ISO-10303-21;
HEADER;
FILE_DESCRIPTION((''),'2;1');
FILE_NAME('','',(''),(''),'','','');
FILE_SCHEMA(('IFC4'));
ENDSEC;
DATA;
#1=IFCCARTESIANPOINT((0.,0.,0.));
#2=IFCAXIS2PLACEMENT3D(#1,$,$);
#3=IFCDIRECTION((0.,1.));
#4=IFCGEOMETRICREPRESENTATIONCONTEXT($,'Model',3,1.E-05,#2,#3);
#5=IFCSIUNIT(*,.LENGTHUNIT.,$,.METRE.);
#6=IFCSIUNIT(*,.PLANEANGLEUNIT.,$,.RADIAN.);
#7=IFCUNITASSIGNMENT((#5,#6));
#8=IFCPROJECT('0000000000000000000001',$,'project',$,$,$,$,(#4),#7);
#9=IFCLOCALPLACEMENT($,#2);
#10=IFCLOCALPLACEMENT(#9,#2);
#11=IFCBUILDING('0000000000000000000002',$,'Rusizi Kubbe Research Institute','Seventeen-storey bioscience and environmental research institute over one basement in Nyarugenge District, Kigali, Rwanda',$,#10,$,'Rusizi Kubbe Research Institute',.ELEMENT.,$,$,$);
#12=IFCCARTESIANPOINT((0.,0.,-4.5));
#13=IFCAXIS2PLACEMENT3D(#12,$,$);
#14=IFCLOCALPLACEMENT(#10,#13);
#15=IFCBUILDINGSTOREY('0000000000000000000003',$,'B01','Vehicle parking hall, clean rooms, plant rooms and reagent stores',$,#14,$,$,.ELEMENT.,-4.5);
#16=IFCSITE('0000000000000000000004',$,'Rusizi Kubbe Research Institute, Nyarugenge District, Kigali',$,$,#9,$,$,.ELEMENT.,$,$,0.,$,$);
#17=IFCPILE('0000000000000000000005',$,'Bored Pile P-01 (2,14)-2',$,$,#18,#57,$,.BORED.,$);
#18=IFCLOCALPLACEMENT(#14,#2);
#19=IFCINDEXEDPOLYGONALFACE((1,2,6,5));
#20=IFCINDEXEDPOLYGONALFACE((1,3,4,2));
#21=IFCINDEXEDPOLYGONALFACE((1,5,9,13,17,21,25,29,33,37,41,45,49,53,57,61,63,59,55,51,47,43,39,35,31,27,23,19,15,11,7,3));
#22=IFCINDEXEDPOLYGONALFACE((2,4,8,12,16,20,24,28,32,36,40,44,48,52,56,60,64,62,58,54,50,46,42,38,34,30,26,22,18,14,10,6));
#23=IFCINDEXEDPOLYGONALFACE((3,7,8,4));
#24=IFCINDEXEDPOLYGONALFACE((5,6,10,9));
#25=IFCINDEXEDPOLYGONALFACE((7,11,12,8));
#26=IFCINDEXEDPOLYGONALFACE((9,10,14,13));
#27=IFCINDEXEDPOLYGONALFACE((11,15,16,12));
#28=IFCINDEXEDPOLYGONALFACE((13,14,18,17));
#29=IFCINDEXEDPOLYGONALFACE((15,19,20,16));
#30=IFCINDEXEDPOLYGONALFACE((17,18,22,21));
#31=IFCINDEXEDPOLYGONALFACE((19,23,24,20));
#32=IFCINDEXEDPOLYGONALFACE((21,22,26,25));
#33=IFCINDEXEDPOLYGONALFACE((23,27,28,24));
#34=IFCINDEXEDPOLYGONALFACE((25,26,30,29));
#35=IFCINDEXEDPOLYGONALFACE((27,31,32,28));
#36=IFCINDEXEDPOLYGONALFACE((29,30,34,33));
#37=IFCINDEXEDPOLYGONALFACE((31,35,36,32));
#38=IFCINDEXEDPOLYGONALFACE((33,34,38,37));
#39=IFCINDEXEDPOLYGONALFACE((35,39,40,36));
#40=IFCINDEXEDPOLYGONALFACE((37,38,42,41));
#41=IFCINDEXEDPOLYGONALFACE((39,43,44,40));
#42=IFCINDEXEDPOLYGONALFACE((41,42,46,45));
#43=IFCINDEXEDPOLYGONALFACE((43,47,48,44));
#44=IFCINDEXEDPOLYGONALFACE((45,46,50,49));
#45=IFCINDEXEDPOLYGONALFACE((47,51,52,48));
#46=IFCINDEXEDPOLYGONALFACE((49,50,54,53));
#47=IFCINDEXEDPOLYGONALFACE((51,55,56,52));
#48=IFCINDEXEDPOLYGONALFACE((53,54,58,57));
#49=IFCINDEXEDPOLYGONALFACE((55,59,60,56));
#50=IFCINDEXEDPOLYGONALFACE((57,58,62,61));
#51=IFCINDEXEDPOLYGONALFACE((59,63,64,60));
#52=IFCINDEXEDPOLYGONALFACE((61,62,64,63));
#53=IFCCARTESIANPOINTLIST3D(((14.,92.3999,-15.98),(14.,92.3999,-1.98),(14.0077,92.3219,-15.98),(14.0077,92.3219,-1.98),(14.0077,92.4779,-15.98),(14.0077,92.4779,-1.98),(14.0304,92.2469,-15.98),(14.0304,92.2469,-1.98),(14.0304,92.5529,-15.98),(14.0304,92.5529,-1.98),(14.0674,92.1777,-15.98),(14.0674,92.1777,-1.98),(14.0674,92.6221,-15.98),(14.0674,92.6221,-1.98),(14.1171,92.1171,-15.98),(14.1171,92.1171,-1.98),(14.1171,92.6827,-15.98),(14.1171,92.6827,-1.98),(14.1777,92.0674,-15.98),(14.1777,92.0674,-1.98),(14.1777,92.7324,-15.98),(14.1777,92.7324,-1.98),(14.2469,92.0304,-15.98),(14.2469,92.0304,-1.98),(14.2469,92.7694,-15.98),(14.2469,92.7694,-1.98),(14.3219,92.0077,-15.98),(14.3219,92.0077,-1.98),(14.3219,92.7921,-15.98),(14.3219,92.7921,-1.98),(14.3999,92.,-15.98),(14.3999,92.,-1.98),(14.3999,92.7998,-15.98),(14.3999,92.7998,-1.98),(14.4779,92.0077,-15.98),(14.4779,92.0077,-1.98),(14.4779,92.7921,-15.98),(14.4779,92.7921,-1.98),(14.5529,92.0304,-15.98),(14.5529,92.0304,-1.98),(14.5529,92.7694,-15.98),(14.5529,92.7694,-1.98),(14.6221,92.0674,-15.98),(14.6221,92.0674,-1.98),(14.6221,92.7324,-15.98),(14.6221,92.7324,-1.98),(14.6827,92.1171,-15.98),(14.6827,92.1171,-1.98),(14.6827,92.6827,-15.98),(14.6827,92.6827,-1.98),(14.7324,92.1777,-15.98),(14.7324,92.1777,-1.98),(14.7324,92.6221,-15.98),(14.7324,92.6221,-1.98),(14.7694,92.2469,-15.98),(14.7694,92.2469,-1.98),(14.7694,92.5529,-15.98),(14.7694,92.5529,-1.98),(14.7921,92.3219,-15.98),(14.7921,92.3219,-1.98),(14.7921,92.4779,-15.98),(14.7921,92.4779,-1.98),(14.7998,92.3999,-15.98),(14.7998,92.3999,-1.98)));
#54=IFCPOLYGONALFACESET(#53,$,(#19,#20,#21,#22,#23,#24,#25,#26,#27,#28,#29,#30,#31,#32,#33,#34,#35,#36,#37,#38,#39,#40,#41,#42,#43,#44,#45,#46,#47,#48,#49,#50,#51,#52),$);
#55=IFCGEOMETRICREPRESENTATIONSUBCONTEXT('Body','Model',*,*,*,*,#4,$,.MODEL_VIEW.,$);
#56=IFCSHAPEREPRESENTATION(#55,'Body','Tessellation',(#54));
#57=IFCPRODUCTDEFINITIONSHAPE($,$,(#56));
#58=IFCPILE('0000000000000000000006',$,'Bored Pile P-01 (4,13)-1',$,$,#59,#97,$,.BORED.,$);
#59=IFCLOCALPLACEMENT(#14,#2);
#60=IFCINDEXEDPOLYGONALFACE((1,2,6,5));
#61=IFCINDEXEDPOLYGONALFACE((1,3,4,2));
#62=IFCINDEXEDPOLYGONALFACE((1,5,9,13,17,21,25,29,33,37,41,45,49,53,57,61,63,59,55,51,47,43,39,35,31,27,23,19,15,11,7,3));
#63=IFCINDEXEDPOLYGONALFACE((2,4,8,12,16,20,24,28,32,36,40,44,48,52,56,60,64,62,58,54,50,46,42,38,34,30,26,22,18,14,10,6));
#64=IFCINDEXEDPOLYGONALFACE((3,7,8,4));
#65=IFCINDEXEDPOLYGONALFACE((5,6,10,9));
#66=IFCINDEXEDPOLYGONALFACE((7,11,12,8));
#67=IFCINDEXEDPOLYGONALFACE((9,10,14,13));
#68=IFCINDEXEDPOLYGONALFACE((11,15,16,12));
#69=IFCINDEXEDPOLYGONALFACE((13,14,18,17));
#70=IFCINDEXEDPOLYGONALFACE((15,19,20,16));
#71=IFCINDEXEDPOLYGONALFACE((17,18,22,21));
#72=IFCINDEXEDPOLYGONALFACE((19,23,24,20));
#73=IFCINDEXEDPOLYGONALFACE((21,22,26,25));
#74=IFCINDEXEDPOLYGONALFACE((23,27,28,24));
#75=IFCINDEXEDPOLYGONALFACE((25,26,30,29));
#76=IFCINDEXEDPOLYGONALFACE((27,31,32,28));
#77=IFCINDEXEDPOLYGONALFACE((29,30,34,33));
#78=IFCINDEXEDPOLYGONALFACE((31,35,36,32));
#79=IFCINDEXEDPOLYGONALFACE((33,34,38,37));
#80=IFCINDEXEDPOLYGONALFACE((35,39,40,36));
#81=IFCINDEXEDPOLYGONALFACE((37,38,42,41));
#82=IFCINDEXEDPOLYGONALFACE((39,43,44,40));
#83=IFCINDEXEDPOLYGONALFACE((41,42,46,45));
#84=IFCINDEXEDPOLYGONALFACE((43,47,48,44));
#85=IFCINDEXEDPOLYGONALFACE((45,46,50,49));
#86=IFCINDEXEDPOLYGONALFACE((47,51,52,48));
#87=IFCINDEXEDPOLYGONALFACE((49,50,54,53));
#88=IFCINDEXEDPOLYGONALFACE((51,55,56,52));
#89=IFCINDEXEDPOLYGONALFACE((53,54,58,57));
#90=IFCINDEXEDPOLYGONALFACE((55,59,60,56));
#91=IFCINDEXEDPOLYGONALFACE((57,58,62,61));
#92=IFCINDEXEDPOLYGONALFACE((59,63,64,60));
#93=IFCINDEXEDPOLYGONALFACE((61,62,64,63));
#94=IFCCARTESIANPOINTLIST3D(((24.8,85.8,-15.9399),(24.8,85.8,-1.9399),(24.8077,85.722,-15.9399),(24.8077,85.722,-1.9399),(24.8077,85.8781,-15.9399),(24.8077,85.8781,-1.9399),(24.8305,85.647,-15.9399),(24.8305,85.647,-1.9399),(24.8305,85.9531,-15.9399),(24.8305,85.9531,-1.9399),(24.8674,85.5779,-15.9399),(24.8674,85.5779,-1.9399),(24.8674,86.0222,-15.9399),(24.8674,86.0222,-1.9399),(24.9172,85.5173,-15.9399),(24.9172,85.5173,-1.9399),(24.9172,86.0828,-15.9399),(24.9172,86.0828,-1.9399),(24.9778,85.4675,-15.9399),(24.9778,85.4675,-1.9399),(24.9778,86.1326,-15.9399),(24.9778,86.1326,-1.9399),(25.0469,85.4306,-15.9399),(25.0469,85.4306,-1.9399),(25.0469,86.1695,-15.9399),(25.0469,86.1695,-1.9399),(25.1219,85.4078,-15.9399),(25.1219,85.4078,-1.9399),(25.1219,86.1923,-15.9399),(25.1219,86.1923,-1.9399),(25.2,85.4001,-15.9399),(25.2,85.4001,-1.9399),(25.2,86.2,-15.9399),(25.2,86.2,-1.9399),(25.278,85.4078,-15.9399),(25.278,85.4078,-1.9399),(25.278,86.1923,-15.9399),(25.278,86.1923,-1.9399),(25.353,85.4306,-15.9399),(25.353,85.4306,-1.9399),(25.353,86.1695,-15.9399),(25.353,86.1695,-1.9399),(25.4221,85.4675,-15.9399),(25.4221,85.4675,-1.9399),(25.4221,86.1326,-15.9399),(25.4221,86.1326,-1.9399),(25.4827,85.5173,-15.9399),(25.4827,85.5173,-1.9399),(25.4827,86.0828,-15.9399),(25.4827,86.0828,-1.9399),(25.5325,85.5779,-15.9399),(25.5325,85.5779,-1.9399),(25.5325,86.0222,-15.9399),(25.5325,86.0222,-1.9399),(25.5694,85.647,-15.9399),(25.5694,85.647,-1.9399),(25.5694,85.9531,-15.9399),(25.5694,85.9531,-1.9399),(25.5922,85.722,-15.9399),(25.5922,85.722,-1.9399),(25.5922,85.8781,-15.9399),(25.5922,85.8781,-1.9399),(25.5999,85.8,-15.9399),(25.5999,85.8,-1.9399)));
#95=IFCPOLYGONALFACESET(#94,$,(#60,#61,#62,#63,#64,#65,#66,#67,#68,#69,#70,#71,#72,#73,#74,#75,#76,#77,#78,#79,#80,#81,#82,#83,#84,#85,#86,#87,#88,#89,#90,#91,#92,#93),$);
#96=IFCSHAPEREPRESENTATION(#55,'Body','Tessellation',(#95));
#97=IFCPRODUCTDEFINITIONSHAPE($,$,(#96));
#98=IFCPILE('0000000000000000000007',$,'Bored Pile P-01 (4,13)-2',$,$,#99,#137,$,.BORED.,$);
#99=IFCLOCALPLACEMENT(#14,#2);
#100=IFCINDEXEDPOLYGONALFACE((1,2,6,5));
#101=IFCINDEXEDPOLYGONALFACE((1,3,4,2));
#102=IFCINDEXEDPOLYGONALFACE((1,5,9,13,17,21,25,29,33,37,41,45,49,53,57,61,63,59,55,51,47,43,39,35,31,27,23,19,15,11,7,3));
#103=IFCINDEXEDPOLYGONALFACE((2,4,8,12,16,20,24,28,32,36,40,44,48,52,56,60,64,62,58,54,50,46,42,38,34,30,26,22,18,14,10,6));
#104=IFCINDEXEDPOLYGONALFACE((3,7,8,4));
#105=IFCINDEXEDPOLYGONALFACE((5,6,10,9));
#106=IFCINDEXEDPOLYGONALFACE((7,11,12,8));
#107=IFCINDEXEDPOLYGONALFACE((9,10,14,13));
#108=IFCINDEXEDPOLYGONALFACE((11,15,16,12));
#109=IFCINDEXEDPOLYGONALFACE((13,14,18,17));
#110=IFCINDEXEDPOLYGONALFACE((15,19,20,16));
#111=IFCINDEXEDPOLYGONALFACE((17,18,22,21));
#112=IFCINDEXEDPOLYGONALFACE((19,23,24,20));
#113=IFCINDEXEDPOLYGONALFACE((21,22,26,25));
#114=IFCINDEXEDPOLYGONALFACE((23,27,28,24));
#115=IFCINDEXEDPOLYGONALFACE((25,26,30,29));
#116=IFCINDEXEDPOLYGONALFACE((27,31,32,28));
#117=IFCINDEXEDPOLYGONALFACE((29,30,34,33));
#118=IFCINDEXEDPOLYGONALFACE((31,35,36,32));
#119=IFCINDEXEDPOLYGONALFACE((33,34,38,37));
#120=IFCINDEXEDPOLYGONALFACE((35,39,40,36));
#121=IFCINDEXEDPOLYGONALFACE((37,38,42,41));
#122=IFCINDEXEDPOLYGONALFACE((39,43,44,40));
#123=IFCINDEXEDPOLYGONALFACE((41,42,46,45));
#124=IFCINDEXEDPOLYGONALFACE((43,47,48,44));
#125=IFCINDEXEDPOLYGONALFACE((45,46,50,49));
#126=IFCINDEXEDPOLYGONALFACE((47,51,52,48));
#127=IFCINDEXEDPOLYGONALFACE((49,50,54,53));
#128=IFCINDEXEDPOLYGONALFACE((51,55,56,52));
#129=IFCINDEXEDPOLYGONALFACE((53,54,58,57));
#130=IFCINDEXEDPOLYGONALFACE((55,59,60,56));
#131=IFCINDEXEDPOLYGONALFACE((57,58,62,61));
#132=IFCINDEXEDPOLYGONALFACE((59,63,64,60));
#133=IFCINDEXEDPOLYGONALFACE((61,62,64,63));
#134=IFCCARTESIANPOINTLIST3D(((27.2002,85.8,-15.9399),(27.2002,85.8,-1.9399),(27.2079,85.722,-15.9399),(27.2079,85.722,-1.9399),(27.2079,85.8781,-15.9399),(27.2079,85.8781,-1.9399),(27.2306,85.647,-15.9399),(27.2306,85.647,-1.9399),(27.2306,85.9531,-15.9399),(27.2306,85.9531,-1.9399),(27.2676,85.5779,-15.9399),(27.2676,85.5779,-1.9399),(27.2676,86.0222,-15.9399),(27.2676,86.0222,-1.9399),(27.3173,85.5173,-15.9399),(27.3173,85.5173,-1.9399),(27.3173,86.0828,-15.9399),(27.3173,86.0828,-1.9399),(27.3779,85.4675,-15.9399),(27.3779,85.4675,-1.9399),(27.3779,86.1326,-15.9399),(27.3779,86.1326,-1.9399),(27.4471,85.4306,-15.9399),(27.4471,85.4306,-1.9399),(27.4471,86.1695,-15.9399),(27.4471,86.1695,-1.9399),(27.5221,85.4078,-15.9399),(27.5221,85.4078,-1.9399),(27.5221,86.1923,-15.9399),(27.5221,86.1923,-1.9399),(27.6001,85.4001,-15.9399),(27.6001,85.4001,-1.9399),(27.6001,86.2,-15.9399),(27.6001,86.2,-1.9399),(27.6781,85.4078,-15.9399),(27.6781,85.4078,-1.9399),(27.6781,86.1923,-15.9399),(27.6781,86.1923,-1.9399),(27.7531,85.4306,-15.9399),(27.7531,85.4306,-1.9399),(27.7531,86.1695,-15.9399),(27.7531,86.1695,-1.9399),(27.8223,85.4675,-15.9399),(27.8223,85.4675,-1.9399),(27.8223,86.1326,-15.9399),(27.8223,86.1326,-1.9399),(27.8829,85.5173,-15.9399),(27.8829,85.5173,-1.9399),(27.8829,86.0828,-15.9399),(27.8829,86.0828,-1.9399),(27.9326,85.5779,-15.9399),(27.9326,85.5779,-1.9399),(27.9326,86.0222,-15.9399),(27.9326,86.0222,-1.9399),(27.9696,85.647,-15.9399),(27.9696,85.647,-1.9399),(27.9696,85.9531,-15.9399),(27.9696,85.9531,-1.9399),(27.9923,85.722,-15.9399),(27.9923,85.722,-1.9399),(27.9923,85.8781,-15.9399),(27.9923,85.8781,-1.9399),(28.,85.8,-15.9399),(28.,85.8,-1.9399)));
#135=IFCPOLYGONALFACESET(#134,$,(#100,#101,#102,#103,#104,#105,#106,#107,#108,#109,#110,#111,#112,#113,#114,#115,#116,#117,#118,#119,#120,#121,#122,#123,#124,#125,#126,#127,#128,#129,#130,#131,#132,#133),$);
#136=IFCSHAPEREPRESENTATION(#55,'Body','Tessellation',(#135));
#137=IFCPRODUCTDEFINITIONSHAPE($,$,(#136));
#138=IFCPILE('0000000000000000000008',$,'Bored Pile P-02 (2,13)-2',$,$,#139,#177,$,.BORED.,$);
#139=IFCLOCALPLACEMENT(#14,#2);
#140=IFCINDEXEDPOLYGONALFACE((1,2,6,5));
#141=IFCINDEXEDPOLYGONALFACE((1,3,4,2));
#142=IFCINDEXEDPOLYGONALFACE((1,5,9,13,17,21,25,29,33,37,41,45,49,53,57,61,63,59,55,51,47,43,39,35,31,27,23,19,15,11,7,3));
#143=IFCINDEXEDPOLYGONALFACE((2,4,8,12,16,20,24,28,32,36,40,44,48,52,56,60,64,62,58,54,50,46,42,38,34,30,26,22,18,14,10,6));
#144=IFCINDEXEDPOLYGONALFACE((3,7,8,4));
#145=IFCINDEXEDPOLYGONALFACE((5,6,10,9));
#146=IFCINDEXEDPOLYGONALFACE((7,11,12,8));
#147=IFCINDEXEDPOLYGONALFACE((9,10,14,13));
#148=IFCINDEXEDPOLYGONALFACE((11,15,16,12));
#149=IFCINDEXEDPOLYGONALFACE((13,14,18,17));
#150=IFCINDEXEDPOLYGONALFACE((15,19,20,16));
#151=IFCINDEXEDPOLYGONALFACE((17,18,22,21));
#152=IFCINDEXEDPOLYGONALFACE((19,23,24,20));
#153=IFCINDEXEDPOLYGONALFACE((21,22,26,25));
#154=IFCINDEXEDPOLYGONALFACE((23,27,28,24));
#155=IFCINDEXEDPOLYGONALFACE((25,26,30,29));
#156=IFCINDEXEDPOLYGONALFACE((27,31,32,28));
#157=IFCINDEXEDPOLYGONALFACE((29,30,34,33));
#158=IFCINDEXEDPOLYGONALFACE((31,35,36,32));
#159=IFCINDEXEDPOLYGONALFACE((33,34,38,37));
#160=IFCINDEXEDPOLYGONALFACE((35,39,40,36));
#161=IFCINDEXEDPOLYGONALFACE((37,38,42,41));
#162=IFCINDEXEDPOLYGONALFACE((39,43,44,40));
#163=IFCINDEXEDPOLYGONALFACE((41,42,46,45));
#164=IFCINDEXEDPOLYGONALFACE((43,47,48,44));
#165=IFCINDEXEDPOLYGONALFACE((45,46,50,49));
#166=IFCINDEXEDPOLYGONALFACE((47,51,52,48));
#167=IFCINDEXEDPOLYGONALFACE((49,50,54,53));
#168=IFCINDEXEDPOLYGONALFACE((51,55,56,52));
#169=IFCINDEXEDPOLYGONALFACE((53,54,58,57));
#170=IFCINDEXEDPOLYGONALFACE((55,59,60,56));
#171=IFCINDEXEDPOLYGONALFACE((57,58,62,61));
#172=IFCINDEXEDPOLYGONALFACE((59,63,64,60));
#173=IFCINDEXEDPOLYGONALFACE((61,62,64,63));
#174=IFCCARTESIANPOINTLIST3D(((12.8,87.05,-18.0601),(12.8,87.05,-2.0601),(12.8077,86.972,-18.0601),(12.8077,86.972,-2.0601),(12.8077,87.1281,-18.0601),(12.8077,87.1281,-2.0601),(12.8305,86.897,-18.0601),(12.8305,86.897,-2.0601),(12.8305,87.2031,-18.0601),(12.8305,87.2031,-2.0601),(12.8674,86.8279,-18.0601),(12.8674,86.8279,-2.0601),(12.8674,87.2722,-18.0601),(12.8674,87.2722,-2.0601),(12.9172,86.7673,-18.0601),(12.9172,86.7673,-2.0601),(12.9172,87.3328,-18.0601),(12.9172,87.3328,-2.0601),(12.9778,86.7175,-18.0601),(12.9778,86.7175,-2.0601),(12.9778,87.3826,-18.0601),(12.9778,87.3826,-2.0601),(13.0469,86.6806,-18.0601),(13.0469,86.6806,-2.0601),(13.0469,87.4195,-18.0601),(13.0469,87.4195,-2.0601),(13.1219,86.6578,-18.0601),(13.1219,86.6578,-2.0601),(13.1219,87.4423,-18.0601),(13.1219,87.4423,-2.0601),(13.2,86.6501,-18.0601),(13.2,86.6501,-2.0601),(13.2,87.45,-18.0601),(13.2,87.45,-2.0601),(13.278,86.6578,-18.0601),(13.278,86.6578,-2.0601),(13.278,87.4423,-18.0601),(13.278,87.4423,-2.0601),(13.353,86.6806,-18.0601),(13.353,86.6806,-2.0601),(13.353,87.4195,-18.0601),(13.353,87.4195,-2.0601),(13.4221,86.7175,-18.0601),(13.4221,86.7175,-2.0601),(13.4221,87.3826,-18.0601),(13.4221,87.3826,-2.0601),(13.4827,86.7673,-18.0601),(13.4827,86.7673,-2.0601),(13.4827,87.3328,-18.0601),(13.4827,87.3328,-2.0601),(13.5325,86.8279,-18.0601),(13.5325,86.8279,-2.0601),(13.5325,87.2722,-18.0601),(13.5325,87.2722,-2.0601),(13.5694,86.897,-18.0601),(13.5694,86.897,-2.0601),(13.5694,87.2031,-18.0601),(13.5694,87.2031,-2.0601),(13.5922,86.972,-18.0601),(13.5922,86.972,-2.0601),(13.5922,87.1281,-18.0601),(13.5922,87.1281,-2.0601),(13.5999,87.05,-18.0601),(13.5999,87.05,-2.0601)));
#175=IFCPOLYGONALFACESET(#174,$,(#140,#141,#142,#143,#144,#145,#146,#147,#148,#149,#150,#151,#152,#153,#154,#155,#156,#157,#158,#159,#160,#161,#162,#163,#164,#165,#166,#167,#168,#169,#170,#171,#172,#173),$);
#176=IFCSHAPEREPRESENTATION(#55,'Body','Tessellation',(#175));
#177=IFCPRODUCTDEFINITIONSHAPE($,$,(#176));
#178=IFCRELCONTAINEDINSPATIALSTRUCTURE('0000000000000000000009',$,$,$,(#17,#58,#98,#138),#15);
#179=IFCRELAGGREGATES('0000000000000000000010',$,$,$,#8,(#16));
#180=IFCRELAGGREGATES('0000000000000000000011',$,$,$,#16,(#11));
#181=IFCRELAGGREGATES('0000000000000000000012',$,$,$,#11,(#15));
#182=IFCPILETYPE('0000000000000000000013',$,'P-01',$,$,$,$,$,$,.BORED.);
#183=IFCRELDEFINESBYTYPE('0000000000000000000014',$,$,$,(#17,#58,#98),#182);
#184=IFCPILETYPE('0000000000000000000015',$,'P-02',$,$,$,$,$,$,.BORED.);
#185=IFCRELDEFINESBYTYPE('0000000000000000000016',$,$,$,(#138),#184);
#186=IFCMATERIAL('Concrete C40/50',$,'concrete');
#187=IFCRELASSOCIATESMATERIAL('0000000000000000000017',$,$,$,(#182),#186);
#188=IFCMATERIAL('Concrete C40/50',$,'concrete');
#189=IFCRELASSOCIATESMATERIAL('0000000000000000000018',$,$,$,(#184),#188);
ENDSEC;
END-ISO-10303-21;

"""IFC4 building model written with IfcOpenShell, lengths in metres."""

from ifc_helpers import new_model, si_unit, direction, frame, origin, origin_2d, place, context, subcontext, project, spatial, circle, extrude, material, material_profile, profile_set, type_object, element, save


model = new_model("IFC4")

# Units and contexts
model_context = context("Model", 3, precision=1e-05, world=origin(), true_north=direction((0.0, 1.0)))
body_context = subcontext(model_context, "Body", "Model", "MODEL_VIEW")
ifc_project = project(units=[si_unit("LENGTHUNIT", "METRE"), si_unit("PLANEANGLEUNIT", "RADIAN")], contexts=[model_context])

# Site, building, storey
site_placement = place(None, origin())
site = spatial("IfcSite", under=ifc_project, at=site_placement, Name="Rusizi Kubbe Research Institute, Nyarugenge District, Kigali", CompositionType="ELEMENT", RefElevation=0.0)
building_placement = place(site_placement, origin())
building = spatial("IfcBuilding", under=site, at=building_placement, Name="Rusizi Kubbe Research Institute", Description="Seventeen-storey bioscience and environmental research institute over one basement in Nyarugenge District, Kigali, Rwanda", LongName="Rusizi Kubbe Research Institute", CompositionType="ELEMENT")
storey_placement = place(building_placement, frame((0.0, 0.0, -4.5)))
storey = spatial("IfcBuildingStorey", under=building, at=storey_placement, Name="B01", Description="Vehicle parking hall, clean rooms, plant rooms and reagent stores", CompositionType="ELEMENT", Elevation=-4.5)

# Piles
ifc_material_1 = material(Name="Concrete C40/50", Category="concrete")
ifc_material_profile_1 = material_profile(ifc_material_1, circle(Radius=0.3999, at=origin_2d()), Name="PILE-D800")
ifc_profile_set_1 = profile_set([ifc_material_profile_1], Name="Concrete C40/50")
pile_type_1 = type_object("IfcPileType", Name="P-01", PredefinedType="BORED", material=ifc_profile_set_1)
for number, where, z_axis, x_axis, name in (
    (1, (14.3999, 92.3999, -1.98), (0.0, 0.0, -1.0), (1.0, 0.0, 0.0), "Bored Pile P-01 (2,14)-2"),
    (2, (25.2, 85.8, -1.9399), (0.0, 0.0, -1.0), (1.0, 0.0, 0.0), "Bored Pile P-01 (4,13)-1"),
    (3, (27.6001, 85.8, -1.9399), (0.0, 0.0, -1.0), (1.0, 0.0, 0.0), "Bored Pile P-01 (4,13)-2"),
):
    element("IfcPile", number, at=place(storey_placement, frame(where, z_axis=z_axis, x_axis=x_axis)), inside=storey, type_object=pile_type_1, Name=name, PredefinedType="BORED", context=body_context, shape_type="SweptSolid", body=[
        extrude(circle(Radius=0.3999, at=origin_2d()), origin(), (0.0, 0.0, 1.0), 14.0),
    ])
ifc_material_2 = material(Name="Concrete C40/50", Category="concrete")
ifc_material_profile_2 = material_profile(ifc_material_2, circle(Radius=0.3999, at=origin_2d()), Name="PILE-D800")
ifc_profile_set_2 = profile_set([ifc_material_profile_2], Name="Concrete C40/50")
pile_type_2 = type_object("IfcPileType", Name="P-02", PredefinedType="BORED", material=ifc_profile_set_2)
for number, where, z_axis, x_axis, name in (
    (4, (13.2, 87.05, -2.0601), (0.0, 0.0, -1.0), (1.0, 0.0, 0.0), "Bored Pile P-02 (2,13)-2"),
):
    element("IfcPile", number, at=place(storey_placement, frame(where, z_axis=z_axis, x_axis=x_axis)), inside=storey, type_object=pile_type_2, Name=name, PredefinedType="BORED", context=body_context, shape_type="SweptSolid", body=[
        extrude(circle(Radius=0.3999, at=origin_2d()), origin(), (0.0, 0.0, 1.0), 16.0),
    ])

save(model, "model.ifc")
